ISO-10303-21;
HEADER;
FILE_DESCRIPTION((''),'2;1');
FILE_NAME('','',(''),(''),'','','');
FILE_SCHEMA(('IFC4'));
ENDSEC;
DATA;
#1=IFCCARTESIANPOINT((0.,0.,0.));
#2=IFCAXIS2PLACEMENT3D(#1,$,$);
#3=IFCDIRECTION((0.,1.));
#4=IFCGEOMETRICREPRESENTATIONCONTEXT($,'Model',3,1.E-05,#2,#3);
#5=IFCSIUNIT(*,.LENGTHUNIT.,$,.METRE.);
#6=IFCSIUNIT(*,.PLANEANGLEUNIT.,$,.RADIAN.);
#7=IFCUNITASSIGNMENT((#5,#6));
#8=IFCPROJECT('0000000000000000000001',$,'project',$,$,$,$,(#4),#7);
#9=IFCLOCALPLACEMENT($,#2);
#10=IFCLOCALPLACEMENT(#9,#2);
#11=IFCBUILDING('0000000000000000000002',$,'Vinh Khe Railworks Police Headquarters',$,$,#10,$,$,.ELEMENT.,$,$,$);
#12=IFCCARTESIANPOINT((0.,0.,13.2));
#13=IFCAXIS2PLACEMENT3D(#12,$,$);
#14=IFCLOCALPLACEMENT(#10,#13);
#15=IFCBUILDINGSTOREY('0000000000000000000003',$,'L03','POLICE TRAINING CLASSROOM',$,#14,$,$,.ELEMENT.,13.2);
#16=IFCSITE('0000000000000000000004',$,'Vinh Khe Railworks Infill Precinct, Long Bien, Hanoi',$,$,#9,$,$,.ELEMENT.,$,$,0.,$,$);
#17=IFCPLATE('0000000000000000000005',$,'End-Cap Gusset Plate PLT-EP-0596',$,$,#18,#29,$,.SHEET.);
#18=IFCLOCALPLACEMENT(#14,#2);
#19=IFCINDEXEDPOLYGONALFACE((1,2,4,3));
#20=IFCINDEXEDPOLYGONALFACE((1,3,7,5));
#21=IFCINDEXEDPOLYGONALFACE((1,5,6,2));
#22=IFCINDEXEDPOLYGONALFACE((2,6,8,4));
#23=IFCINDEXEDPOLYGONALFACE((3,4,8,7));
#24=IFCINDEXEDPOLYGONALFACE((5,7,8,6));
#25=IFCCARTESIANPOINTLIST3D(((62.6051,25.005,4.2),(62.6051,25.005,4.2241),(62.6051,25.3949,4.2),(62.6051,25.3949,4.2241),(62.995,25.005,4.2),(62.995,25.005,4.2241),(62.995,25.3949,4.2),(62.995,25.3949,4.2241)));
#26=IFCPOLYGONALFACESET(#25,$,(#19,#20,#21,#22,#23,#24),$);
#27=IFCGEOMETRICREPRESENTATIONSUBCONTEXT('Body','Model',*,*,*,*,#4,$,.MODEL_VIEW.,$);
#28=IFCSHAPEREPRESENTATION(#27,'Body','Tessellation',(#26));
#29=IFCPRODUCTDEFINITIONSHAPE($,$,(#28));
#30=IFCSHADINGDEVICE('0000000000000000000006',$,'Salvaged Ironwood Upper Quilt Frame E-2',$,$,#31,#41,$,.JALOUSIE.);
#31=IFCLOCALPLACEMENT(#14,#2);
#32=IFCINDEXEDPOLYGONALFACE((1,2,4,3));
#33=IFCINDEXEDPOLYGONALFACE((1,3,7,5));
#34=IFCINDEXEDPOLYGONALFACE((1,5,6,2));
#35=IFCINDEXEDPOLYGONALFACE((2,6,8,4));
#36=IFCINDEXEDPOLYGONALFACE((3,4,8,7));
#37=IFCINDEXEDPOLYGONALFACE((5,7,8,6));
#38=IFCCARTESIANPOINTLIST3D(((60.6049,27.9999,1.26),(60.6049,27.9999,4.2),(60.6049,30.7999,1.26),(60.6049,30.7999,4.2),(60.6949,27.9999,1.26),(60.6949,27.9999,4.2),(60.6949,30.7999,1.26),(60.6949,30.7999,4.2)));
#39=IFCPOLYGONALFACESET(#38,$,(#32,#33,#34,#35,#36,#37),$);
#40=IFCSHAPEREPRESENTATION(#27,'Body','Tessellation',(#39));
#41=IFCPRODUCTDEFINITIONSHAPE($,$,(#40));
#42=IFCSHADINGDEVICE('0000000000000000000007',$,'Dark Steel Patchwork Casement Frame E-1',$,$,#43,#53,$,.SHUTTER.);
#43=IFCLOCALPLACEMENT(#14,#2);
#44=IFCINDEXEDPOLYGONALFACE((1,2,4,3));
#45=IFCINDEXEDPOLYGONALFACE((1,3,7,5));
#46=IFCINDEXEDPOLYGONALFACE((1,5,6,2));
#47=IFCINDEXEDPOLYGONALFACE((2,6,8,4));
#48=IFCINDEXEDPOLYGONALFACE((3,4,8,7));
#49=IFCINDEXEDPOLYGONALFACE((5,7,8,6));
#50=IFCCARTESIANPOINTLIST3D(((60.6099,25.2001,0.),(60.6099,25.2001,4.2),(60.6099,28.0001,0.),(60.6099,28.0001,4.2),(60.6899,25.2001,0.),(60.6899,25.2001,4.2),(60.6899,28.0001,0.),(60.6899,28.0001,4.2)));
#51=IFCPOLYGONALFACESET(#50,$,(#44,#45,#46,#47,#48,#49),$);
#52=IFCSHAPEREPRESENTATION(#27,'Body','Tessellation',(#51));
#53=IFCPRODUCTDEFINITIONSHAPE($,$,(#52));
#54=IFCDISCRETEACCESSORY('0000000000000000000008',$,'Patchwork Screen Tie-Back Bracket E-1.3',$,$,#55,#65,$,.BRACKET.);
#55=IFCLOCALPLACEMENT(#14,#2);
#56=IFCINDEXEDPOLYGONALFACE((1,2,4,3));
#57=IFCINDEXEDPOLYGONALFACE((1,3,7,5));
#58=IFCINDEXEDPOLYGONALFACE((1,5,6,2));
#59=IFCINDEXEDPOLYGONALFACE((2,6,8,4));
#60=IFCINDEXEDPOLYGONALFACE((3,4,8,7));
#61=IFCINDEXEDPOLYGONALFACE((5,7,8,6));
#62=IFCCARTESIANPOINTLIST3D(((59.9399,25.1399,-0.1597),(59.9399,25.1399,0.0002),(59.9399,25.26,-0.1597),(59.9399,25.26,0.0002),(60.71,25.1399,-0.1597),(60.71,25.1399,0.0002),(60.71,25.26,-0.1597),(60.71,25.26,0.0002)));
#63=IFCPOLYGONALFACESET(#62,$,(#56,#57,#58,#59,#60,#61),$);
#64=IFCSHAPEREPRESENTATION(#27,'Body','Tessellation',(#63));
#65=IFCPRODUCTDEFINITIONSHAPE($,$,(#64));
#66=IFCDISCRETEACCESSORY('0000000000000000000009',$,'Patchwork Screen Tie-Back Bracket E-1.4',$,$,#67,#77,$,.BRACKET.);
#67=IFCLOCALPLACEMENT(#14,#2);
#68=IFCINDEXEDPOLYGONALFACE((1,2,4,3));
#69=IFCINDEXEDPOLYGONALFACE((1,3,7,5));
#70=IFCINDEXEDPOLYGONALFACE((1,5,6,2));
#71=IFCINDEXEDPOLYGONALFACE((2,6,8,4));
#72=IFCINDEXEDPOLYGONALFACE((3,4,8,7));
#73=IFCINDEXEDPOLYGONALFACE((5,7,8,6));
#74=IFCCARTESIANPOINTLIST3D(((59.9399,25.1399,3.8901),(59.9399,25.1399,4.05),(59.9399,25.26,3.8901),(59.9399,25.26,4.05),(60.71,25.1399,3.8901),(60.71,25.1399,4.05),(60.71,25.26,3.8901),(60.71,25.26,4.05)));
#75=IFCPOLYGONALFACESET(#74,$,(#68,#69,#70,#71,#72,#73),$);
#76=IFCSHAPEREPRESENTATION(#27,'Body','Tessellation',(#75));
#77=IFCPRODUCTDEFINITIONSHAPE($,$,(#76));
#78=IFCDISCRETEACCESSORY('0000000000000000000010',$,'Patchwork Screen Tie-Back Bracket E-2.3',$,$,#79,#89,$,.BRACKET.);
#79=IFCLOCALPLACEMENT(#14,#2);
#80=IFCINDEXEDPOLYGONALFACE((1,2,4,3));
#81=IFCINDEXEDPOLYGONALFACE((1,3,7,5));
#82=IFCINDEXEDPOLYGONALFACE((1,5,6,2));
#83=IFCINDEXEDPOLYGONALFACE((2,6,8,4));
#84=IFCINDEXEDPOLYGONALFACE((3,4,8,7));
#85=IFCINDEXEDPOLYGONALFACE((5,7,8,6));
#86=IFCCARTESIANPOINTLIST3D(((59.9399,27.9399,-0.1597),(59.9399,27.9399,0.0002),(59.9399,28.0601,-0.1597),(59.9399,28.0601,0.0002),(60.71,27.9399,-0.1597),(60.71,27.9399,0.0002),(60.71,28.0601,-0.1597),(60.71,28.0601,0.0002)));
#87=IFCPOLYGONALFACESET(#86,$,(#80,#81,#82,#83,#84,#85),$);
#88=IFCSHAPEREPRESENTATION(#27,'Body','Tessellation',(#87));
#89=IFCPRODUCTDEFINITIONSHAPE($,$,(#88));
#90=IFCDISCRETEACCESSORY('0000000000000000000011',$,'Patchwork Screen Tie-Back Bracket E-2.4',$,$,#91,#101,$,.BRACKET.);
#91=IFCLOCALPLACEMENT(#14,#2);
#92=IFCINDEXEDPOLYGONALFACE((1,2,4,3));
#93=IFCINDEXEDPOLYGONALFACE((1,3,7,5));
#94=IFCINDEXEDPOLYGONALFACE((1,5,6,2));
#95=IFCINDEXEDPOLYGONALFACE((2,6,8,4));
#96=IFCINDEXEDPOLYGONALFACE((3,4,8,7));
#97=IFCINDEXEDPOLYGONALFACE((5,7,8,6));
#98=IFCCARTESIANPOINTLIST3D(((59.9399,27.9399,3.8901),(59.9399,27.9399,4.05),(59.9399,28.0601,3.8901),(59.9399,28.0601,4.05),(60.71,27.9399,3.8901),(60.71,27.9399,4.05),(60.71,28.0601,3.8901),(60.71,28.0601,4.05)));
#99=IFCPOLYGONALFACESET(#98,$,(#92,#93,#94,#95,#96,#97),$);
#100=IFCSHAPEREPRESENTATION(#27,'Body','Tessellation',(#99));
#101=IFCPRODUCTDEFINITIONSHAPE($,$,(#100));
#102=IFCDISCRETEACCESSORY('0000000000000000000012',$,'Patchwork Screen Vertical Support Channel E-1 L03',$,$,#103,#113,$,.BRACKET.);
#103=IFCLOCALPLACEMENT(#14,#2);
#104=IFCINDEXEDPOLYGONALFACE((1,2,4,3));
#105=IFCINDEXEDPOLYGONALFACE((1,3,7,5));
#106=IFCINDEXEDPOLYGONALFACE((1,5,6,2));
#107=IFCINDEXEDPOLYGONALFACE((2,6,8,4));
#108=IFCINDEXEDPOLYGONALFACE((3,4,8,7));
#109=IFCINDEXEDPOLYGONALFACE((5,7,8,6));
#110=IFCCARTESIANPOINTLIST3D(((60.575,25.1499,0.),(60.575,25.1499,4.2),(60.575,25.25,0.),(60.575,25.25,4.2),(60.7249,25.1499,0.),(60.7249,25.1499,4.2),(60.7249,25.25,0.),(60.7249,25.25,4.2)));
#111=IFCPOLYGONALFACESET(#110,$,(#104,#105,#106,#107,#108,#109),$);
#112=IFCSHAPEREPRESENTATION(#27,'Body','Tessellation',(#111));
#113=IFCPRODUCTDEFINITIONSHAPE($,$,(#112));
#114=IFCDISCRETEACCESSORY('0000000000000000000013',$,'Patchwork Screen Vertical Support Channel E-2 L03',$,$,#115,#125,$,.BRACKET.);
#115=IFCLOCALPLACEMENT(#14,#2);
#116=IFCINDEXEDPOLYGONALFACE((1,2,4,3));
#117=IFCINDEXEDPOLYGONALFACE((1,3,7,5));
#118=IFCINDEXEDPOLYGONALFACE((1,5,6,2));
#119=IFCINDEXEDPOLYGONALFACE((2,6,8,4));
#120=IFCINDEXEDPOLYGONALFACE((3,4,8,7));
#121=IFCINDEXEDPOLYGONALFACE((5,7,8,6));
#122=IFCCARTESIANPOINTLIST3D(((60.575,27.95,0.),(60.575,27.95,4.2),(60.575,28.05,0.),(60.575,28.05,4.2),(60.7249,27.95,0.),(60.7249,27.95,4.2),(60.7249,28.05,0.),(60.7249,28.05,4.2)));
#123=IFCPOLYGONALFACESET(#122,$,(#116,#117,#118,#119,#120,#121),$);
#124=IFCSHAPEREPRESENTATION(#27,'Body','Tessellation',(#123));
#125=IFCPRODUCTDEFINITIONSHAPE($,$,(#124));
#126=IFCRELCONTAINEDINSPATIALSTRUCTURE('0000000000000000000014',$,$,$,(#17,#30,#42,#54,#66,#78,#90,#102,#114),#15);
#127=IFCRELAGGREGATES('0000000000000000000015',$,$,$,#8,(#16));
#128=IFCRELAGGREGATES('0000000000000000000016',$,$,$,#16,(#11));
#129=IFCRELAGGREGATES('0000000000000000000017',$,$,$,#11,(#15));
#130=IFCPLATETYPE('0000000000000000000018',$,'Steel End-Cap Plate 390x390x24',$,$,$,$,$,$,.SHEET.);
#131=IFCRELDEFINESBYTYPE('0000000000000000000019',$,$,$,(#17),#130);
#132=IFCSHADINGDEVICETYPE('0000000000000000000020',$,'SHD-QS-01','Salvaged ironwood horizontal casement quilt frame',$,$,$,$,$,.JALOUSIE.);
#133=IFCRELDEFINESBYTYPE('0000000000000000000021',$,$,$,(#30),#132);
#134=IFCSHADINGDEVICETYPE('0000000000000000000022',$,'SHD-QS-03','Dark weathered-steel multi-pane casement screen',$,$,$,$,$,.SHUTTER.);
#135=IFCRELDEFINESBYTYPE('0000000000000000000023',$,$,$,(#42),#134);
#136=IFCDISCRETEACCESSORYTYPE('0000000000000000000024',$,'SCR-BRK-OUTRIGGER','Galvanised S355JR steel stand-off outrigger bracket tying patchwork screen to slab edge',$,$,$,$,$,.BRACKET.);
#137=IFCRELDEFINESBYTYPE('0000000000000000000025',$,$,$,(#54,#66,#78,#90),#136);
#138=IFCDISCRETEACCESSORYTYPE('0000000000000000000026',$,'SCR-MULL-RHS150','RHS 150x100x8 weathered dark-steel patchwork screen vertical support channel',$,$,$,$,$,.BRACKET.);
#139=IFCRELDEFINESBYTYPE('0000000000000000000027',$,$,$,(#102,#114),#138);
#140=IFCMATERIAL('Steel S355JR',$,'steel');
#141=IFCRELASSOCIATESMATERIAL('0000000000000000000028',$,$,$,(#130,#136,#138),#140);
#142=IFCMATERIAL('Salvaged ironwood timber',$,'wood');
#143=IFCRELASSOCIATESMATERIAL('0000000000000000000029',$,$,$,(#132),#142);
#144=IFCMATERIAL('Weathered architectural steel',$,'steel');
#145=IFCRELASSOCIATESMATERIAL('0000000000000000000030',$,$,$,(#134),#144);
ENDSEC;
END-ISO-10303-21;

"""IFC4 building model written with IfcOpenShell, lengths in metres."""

from ifc_helpers import new_model, si_unit, direction, frame, origin, origin_2d, place, context, subcontext, project, spatial, rectangle, extrude, material, material_profile, profile_set, type_object, element, save


model = new_model("IFC4")

# Units and contexts
model_context = context("Model", 3, precision=1e-05, world=origin(), true_north=direction((0.0, 1.0)))
body_context = subcontext(model_context, "Body", "Model", "MODEL_VIEW")
ifc_project = project(units=[si_unit("LENGTHUNIT", "METRE"), si_unit("PLANEANGLEUNIT", "RADIAN")], contexts=[model_context])

# Site, building, storey
site_placement = place(None, origin())
site = spatial("IfcSite", under=ifc_project, at=site_placement, Name="Vinh Khe Railworks Infill Precinct, Long Bien, Hanoi", CompositionType="ELEMENT", RefElevation=0.0)
building_placement = place(site_placement, origin())
building = spatial("IfcBuilding", under=site, at=building_placement, Name="Vinh Khe Railworks Police Headquarters", CompositionType="ELEMENT")
storey_placement = place(building_placement, frame((0.0, 0.0, 13.2)))
storey = spatial("IfcBuildingStorey", under=building, at=storey_placement, Name="L03", Description="POLICE TRAINING CLASSROOM", CompositionType="ELEMENT", Elevation=13.2)

# Shared definitions
ifc_material_1 = material(Name="Steel S355JR", Category="steel")

# Shared definitions
ifc_material_2 = material(Name="Salvaged ironwood timber", Category="wood")

# Plate
ifc_material_profile_1 = material_profile(ifc_material_1, rectangle(XDim=0.3899, YDim=0.3899, at=origin_2d()), Name="PL 390x390")
ifc_profile_set_1 = profile_set([ifc_material_profile_1], Name="Steel S355JR")
plate_type_1 = type_object("IfcPlateType", Name="Steel End-Cap Plate 390x390x24", PredefinedType="SHEET", material=ifc_profile_set_1)
plate_1_placement = place(storey_placement, frame((62.8, 25.2, 4.2), z_axis=(0.0, 0.0, 1.0), x_axis=(1.0, 0.0, 0.0)))
element("IfcPlate", 1, at=plate_1_placement, inside=storey, type_object=plate_type_1, Name="End-Cap Gusset Plate PLT-EP-0596", PredefinedType="SHEET", context=body_context, shape_type="SweptSolid", body=[
    extrude(rectangle(XDim=0.3899, YDim=0.3899, at=origin_2d()), origin(), (0.0, 0.0, 1.0), 0.0242),
])

# Shading devices
shading_device_type_1 = type_object("IfcShadingDeviceType", Name="SHD-QS-01", Description="Salvaged ironwood horizontal casement quilt frame", PredefinedType="JALOUSIE", material=ifc_material_2)
shading_device_1_placement = place(storey_placement, frame((60.6499, 29.3999, 1.26), z_axis=(0.0, 0.0, 1.0), x_axis=(0.0, 1.0, 0.0)))
element("IfcShadingDevice", 2, at=shading_device_1_placement, inside=storey, type_object=shading_device_type_1, Name="Salvaged Ironwood Upper Quilt Frame E-2", PredefinedType="JALOUSIE", context=body_context, shape_type="SweptSolid", body=[
    extrude(rectangle(XDim=2.8, YDim=0.0901, at=origin_2d()), origin(), (0.0, 0.0, 1.0), 2.9399),
])
ifc_material_3 = material(Name="Weathered architectural steel", Category="steel")
shading_device_type_2 = type_object("IfcShadingDeviceType", Name="SHD-QS-03", Description="Dark weathered-steel multi-pane casement screen", PredefinedType="SHUTTER", material=ifc_material_3)
shading_device_2_placement = place(storey_placement, frame((60.6499, 26.6001, 0.0), z_axis=(0.0, 0.0, 1.0), x_axis=(0.0, 1.0, 0.0)))
element("IfcShadingDevice", 3, at=shading_device_2_placement, inside=storey, type_object=shading_device_type_2, Name="Dark Steel Patchwork Casement Frame E-1", PredefinedType="SHUTTER", context=body_context, shape_type="SweptSolid", body=[
    extrude(rectangle(XDim=2.8, YDim=0.0801, at=origin_2d()), origin(), (0.0, 0.0, 1.0), 4.2),
])

# Discrete accessories
discrete_accessory_type_1 = type_object("IfcDiscreteAccessoryType", Name="SCR-BRK-OUTRIGGER", Description="Galvanised S355JR steel stand-off outrigger bracket tying patchwork screen to slab edge", PredefinedType="BRACKET", material=ifc_material_1)
for number, where, z_axis, x_axis, name in (
    (4, (60.325, 25.2, -0.1597), (0.0, 0.0, 1.0), (1.0, 0.0, 0.0), "Patchwork Screen Tie-Back Bracket E-1.3"),
    (5, (60.325, 25.2, 3.8901), (0.0, 0.0, 1.0), (1.0, 0.0, 0.0), "Patchwork Screen Tie-Back Bracket E-1.4"),
    (6, (60.325, 28.0, -0.1597), (0.0, 0.0, 1.0), (1.0, 0.0, 0.0), "Patchwork Screen Tie-Back Bracket E-2.3"),
    (7, (60.325, 28.0, 3.8901), (0.0, 0.0, 1.0), (1.0, 0.0, 0.0), "Patchwork Screen Tie-Back Bracket E-2.4"),
):
    element("IfcDiscreteAccessory", number, at=place(storey_placement, frame(where, z_axis=z_axis, x_axis=x_axis)), inside=storey, type_object=discrete_accessory_type_1, Name=name, PredefinedType="BRACKET", context=body_context, shape_type="SweptSolid", body=[
        extrude(rectangle(XDim=0.77, YDim=0.1201, at=origin_2d()), origin(), (0.0, 0.0, 1.0), 0.1599),
    ])
discrete_accessory_type_2 = type_object("IfcDiscreteAccessoryType", Name="SCR-MULL-RHS150", Description="RHS 150x100x8 weathered dark-steel patchwork screen vertical support channel", PredefinedType="BRACKET", material=ifc_material_1)
for number, where, z_axis, x_axis, name in (
    (8, (60.6499, 25.2, 0.0), (0.0, 0.0, 1.0), (1.0, 0.0, 0.0), "Patchwork Screen Vertical Support Channel E-1 L03"),
    (9, (60.6499, 28.0, 0.0), (0.0, 0.0, 1.0), (1.0, 0.0, 0.0), "Patchwork Screen Vertical Support Channel E-2 L03"),
):
    element("IfcDiscreteAccessory", number, at=place(storey_placement, frame(where, z_axis=z_axis, x_axis=x_axis)), inside=storey, type_object=discrete_accessory_type_2, Name=name, PredefinedType="BRACKET", context=body_context, shape_type="SweptSolid", body=[
        extrude(rectangle(XDim=0.1499, YDim=0.1001, at=origin_2d()), origin(), (0.0, 0.0, 1.0), 4.2),
    ])

save(model, "model.ifc")
